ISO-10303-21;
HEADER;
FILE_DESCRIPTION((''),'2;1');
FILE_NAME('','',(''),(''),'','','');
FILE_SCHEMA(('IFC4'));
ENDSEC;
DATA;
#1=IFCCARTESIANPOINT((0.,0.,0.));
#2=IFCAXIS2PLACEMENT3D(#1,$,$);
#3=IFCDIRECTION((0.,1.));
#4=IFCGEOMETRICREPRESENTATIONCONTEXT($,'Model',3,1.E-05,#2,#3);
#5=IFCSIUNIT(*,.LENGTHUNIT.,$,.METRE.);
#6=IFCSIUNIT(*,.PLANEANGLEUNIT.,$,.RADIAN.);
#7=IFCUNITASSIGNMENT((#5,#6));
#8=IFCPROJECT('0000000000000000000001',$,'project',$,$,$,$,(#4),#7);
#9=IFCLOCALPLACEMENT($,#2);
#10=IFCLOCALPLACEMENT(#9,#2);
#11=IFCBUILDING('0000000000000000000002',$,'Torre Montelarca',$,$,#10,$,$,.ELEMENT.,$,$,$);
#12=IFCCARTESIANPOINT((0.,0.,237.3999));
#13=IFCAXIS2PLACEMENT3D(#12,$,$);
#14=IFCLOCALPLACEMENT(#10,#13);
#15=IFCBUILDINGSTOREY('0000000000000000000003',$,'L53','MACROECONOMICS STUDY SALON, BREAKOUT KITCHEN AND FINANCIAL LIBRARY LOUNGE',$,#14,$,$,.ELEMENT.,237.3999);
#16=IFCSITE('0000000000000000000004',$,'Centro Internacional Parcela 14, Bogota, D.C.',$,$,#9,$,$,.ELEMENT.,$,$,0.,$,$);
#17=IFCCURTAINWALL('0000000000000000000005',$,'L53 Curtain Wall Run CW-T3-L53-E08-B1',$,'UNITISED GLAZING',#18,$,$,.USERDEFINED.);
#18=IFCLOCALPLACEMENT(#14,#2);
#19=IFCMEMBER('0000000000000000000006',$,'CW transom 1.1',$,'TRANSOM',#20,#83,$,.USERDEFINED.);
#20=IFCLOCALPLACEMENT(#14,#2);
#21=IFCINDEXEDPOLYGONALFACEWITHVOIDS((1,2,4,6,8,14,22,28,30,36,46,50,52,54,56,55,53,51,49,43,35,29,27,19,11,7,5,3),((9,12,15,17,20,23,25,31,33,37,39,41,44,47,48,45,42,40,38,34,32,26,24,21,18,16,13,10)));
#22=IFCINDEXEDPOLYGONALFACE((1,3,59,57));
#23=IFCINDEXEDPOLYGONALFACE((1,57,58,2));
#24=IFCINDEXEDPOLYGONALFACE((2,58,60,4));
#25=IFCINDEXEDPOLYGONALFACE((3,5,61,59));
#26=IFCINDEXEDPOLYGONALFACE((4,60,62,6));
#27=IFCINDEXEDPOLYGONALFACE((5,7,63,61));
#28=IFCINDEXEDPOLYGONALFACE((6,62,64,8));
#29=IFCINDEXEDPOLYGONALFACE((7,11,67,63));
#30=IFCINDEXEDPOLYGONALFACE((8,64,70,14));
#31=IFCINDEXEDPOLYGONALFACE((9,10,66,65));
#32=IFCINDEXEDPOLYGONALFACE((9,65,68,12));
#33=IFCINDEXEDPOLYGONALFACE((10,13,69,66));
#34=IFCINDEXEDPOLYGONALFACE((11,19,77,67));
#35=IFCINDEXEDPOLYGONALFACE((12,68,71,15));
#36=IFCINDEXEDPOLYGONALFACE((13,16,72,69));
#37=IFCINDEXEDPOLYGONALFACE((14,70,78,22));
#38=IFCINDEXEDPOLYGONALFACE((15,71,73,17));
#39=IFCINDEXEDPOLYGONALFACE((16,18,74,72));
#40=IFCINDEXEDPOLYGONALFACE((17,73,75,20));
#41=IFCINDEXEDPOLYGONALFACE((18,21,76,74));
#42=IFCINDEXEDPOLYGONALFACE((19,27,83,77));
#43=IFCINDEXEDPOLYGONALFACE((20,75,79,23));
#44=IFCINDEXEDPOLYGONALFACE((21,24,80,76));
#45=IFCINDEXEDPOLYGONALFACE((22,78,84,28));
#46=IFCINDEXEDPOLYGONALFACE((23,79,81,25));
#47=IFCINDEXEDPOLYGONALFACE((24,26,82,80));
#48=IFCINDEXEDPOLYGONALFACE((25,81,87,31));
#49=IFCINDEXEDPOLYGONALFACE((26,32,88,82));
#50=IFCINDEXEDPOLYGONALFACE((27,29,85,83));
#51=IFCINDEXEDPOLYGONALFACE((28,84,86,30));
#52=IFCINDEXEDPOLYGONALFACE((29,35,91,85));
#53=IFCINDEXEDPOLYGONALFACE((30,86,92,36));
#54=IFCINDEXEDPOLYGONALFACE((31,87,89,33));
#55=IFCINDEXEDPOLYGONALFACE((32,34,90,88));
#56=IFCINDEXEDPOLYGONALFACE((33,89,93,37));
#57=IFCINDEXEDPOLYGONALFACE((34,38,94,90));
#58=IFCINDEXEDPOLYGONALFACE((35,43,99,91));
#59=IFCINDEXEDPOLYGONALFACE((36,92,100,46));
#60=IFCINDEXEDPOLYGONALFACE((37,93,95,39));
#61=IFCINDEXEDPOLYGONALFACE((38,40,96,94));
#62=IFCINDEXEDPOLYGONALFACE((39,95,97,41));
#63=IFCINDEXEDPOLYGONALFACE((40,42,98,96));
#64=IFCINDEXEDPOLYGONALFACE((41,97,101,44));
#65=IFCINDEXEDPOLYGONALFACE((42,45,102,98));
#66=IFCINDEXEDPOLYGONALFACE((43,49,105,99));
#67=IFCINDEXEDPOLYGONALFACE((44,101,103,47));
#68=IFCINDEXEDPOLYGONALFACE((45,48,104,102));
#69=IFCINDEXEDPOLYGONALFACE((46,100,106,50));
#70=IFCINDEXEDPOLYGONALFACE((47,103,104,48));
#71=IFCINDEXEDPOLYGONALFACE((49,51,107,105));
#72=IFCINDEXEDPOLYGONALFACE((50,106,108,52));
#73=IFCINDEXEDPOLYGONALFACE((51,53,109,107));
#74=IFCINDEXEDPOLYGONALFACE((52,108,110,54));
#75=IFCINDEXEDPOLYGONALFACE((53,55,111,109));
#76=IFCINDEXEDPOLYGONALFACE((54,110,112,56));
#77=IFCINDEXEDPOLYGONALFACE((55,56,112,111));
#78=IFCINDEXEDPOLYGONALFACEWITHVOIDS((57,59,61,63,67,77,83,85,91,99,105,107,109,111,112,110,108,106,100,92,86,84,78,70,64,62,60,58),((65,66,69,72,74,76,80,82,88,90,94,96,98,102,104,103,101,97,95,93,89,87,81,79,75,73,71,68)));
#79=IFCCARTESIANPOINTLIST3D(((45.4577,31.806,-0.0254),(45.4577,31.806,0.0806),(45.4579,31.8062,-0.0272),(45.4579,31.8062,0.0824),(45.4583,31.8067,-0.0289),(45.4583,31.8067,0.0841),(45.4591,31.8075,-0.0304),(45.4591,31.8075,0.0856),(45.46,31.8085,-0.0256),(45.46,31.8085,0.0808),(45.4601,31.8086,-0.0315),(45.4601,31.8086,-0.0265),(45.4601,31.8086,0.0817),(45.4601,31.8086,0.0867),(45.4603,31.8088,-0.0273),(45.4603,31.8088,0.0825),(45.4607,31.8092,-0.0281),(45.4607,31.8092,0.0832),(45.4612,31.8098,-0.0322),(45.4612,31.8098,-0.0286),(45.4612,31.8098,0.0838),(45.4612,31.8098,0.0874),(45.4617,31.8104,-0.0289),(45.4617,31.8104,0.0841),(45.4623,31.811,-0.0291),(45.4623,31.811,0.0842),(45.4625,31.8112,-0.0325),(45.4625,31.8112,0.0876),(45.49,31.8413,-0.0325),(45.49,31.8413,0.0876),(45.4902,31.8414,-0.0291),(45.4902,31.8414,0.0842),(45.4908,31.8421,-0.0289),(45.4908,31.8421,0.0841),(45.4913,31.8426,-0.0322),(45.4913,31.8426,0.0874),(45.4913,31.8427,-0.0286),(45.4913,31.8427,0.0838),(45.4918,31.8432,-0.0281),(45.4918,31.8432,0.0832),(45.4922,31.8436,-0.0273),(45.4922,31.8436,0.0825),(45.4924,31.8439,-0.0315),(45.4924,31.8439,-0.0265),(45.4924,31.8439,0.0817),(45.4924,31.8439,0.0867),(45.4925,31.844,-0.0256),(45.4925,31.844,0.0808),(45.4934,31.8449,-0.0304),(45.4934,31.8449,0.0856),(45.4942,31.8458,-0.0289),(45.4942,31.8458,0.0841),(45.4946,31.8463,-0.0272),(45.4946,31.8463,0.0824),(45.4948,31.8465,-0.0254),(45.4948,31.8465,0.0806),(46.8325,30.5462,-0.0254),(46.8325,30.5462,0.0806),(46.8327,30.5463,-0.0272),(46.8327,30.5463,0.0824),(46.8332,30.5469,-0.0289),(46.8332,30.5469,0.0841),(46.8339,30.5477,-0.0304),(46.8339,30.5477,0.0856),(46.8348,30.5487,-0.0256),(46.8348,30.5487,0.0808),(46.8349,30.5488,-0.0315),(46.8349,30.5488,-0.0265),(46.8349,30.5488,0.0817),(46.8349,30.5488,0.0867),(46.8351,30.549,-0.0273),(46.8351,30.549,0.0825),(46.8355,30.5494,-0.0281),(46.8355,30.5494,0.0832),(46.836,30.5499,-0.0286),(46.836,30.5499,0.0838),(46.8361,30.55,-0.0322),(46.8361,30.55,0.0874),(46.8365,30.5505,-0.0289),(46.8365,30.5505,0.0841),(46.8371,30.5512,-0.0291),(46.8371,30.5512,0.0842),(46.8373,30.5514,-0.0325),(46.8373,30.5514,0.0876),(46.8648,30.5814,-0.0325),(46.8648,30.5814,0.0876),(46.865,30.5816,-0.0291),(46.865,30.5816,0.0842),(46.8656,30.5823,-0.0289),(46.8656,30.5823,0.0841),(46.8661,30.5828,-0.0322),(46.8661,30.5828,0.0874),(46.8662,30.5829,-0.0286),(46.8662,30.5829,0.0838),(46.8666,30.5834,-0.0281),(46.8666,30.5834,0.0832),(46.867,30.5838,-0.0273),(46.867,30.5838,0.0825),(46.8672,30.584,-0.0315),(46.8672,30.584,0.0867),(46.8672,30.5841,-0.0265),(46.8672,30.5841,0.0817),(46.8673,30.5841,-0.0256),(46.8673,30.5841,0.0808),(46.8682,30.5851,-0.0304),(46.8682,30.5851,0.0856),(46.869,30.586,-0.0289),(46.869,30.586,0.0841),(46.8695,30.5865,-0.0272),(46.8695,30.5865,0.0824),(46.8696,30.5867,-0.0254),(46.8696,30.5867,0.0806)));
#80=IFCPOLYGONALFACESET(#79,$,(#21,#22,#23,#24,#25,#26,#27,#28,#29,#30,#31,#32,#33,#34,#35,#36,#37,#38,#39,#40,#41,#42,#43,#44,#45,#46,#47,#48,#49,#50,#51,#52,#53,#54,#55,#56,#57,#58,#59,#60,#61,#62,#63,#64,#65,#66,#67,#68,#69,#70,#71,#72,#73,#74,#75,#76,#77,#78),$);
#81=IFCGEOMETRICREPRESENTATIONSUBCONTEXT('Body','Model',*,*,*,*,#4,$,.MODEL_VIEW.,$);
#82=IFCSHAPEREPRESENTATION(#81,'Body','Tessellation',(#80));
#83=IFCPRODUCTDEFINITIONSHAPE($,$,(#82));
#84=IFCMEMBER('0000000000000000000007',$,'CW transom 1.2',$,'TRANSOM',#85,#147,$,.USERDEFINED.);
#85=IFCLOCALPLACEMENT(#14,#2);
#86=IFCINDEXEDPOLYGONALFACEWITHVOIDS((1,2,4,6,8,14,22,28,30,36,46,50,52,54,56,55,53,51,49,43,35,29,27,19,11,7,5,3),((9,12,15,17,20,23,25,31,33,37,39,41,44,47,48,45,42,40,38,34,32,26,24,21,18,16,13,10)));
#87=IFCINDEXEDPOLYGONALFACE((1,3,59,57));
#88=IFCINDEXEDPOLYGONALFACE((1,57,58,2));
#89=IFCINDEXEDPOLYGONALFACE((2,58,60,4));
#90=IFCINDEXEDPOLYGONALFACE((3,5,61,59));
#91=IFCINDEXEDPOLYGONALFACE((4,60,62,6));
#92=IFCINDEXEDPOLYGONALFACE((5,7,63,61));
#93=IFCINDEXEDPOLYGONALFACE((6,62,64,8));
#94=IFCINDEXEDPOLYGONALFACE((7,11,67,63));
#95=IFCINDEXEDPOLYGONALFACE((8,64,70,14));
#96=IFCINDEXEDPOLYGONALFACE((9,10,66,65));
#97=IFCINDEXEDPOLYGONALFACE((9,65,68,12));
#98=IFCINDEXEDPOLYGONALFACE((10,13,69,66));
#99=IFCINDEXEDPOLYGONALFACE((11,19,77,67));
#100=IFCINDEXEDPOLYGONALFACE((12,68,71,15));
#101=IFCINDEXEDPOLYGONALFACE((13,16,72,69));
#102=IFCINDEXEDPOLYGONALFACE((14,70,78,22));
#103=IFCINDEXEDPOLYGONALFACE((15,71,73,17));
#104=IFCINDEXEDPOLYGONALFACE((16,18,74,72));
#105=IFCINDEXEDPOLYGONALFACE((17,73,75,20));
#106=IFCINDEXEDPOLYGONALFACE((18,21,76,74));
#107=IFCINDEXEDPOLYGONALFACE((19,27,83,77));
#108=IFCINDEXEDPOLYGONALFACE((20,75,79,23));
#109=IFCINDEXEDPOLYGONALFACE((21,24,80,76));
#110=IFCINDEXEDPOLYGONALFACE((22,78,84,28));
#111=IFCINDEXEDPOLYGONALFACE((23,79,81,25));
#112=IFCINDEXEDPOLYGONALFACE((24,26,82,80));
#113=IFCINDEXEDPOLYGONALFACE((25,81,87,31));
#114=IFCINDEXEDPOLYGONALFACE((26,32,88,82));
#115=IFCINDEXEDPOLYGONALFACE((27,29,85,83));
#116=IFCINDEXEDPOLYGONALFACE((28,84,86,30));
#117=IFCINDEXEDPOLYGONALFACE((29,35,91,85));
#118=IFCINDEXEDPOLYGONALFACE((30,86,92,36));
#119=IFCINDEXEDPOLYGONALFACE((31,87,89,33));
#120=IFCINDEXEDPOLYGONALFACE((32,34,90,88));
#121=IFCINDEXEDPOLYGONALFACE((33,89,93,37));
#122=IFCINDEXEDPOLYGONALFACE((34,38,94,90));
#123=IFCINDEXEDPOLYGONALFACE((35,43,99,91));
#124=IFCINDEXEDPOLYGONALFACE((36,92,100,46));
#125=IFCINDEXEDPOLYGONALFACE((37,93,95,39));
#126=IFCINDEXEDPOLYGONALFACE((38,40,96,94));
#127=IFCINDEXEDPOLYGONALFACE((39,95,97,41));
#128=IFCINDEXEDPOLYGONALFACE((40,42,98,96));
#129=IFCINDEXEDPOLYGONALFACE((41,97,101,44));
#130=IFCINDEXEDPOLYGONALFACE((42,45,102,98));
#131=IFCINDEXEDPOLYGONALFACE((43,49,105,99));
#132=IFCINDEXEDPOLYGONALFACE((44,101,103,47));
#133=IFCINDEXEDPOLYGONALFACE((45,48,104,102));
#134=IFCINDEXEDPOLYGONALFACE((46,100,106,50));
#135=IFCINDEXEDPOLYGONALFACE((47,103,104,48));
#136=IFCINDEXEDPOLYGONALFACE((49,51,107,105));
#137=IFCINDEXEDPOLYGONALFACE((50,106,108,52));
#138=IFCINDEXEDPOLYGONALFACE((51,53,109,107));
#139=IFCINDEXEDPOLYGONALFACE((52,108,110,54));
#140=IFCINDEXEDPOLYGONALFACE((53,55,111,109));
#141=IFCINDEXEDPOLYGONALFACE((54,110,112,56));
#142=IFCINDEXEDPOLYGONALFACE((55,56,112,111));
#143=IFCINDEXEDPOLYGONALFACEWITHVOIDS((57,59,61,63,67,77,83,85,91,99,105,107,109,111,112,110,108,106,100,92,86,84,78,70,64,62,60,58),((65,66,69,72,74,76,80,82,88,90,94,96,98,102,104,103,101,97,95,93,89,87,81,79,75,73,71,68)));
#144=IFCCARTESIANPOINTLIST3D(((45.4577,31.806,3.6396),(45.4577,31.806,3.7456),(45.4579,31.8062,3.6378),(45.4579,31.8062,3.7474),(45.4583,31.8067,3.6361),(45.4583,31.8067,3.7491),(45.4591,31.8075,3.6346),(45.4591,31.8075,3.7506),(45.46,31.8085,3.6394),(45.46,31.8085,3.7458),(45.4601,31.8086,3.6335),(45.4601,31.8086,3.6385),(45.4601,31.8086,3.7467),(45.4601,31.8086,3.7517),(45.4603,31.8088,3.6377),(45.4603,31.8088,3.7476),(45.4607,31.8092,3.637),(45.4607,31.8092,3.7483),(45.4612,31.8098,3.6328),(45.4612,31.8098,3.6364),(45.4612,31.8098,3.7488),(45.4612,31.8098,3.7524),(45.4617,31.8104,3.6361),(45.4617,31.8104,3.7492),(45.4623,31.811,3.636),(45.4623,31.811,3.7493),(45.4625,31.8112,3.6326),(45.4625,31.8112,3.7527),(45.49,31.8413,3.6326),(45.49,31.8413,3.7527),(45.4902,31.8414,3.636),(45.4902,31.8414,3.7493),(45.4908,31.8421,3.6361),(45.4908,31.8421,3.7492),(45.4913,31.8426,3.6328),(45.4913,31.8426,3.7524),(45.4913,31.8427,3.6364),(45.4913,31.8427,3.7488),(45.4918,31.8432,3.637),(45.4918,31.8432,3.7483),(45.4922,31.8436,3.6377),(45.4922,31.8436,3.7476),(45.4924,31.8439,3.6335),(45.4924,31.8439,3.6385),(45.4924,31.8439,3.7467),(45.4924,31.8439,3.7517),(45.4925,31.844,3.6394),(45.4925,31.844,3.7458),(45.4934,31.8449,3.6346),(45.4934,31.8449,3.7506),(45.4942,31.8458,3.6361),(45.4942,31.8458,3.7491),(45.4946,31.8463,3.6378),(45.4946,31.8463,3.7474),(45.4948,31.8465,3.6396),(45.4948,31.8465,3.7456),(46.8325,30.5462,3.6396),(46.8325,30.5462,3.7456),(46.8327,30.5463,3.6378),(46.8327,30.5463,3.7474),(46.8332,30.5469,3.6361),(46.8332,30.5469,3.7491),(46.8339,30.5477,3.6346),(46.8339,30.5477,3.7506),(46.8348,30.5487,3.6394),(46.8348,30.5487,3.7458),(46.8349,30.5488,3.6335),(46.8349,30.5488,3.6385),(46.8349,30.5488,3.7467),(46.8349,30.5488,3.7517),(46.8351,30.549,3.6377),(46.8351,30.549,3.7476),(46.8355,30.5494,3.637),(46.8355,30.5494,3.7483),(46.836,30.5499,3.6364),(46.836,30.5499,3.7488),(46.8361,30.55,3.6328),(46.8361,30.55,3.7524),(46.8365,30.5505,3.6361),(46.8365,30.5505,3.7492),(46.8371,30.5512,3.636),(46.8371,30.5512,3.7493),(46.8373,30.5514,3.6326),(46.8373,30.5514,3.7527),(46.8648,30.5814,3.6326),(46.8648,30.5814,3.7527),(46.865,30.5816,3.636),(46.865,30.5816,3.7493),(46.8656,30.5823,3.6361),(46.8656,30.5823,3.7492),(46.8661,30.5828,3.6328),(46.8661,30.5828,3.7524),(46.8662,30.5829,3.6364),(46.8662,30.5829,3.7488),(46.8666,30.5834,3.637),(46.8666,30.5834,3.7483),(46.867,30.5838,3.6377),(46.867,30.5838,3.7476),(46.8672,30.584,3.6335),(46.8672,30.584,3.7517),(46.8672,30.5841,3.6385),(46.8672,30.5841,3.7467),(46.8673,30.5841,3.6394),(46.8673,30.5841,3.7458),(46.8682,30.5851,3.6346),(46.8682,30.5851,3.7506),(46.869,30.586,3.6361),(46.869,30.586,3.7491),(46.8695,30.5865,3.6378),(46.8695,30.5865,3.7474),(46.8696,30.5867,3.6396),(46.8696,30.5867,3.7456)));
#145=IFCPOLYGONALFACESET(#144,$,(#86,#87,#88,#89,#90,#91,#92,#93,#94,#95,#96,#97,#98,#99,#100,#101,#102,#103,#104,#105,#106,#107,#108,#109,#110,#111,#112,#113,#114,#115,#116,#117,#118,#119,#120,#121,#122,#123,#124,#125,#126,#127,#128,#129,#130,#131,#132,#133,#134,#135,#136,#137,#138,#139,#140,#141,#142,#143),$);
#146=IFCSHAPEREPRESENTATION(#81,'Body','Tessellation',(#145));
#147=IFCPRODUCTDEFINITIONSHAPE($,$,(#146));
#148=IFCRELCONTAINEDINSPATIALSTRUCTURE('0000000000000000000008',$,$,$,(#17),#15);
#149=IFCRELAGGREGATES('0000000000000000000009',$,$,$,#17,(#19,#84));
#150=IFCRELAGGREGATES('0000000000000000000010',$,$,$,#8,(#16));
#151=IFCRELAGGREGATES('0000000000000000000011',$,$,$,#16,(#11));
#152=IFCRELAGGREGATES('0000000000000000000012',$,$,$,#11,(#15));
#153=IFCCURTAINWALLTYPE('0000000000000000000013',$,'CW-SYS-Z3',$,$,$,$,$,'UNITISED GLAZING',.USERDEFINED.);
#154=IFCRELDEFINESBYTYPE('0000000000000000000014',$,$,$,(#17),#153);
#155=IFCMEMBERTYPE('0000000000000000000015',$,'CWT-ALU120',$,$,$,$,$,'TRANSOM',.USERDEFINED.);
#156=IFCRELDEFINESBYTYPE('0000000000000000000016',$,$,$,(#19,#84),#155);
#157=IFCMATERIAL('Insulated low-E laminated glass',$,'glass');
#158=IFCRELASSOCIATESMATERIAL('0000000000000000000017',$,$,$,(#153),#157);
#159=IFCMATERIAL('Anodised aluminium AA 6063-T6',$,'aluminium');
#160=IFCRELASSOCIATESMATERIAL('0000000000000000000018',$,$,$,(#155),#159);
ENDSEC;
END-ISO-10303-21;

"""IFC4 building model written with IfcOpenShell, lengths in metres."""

from ifc_helpers import new_model, si_unit, direction, frame, origin, origin_2d, place, context, subcontext, project, spatial, hollow_rectangle, extrude, source, transform, mapped, material, material_profile, profile_set, type_object, element, aggregate, save


model = new_model("IFC4")

# Units and contexts
model_context = context("Model", 3, precision=1e-05, world=origin(), true_north=direction((0.0, 1.0)))
body_context = subcontext(model_context, "Body", "Model", "MODEL_VIEW")
ifc_project = project(units=[si_unit("LENGTHUNIT", "METRE"), si_unit("PLANEANGLEUNIT", "RADIAN")], contexts=[model_context])

# Site, building, storey
site_placement = place(None, origin())
site = spatial("IfcSite", under=ifc_project, at=site_placement, Name="Centro Internacional Parcela 14, Bogota, D.C.", CompositionType="ELEMENT", RefElevation=0.0)
building_placement = place(site_placement, origin())
building = spatial("IfcBuilding", under=site, at=building_placement, Name="Torre Montelarca", CompositionType="ELEMENT")
storey_placement = place(building_placement, frame((0.0, 0.0, 237.3999)))
storey = spatial("IfcBuildingStorey", under=building, at=storey_placement, Name="L53", Description="MACROECONOMICS STUDY SALON, BREAKOUT KITCHEN AND FINANCIAL LIBRARY LOUNGE", CompositionType="ELEMENT", Elevation=237.3999)

# Curtain wall, members
ifc_material_1 = material(Name="Insulated low-E laminated glass", Category="glass")
curtain_wall_type = type_object("IfcCurtainWallType", Name="CW-SYS-Z3", ElementType="UNITISED GLAZING", PredefinedType="USERDEFINED", material=ifc_material_1)
ifc_material_2 = material(Name="Anodised aluminium AA 6063-T6", Category="aluminium")
ifc_material_profile_1 = material_profile(ifc_material_2, hollow_rectangle(XDim=0.0549, YDim=0.1201, WallThickness=0.0034, InnerFilletRadius=0.0034, OuterFilletRadius=0.0071, at=origin_2d()), Name="ALU55X120X3.5", Category="aluminium")
ifc_profile_set_1 = profile_set([ifc_material_profile_1], Name="Anodised aluminium AA 6063-T6")
member_type_1 = type_object("IfcMemberType", Name="CWT-ALU120", ElementType="TRANSOM", PredefinedType="USERDEFINED", material=ifc_profile_set_1)
curtain_wall_1_placement = place(storey_placement, origin())
curtain_wall_1 = element("IfcCurtainWall", 1, at=curtain_wall_1_placement, inside=storey, type_object=curtain_wall_type, Name="L53 Curtain Wall Run CW-T3-L53-E08-B1", ObjectType="UNITISED GLAZING", PredefinedType="USERDEFINED")
shared_shape_1 = source(origin(), body_context, "Body", "SweptSolid", [
    extrude(hollow_rectangle(XDim=0.0549, YDim=0.1201, WallThickness=0.0034, InnerFilletRadius=0.0034, OuterFilletRadius=0.0071, at=origin_2d()), origin(), (0.0, 0.0, 1.0), 1.8647),
])
member_1_placement = place(storey_placement, frame((46.8511, 30.5664, 0.0276), z_axis=(-0.737268, 0.6756, 0.0), x_axis=(-0.6756, -0.737268, 0.0)))
member_1 = element("IfcMember", 2, at=member_1_placement, type_object=member_type_1, Name="CW transom 1.1", ObjectType="TRANSOM", PredefinedType="USERDEFINED", context=body_context, shape_type="MappedRepresentation", body=[
    mapped(shared_shape_1, transform((0.0, 0.0, 0.0), scale=1.0)),
])
member_2_placement = place(storey_placement, frame((46.8511, 30.5664, 3.6926), z_axis=(-0.737268, 0.6756, 0.0), x_axis=(-0.6756, -0.737268, 0.0)))
member_2 = element("IfcMember", 3, at=member_2_placement, type_object=member_type_1, Name="CW transom 1.2", ObjectType="TRANSOM", PredefinedType="USERDEFINED", context=body_context, shape_type="MappedRepresentation", body=[
    mapped(shared_shape_1, transform((0.0, 0.0, 0.0), scale=1.0)),
])

aggregate(curtain_wall_1, [member_1, member_2])

save(model, "model.ifc")
